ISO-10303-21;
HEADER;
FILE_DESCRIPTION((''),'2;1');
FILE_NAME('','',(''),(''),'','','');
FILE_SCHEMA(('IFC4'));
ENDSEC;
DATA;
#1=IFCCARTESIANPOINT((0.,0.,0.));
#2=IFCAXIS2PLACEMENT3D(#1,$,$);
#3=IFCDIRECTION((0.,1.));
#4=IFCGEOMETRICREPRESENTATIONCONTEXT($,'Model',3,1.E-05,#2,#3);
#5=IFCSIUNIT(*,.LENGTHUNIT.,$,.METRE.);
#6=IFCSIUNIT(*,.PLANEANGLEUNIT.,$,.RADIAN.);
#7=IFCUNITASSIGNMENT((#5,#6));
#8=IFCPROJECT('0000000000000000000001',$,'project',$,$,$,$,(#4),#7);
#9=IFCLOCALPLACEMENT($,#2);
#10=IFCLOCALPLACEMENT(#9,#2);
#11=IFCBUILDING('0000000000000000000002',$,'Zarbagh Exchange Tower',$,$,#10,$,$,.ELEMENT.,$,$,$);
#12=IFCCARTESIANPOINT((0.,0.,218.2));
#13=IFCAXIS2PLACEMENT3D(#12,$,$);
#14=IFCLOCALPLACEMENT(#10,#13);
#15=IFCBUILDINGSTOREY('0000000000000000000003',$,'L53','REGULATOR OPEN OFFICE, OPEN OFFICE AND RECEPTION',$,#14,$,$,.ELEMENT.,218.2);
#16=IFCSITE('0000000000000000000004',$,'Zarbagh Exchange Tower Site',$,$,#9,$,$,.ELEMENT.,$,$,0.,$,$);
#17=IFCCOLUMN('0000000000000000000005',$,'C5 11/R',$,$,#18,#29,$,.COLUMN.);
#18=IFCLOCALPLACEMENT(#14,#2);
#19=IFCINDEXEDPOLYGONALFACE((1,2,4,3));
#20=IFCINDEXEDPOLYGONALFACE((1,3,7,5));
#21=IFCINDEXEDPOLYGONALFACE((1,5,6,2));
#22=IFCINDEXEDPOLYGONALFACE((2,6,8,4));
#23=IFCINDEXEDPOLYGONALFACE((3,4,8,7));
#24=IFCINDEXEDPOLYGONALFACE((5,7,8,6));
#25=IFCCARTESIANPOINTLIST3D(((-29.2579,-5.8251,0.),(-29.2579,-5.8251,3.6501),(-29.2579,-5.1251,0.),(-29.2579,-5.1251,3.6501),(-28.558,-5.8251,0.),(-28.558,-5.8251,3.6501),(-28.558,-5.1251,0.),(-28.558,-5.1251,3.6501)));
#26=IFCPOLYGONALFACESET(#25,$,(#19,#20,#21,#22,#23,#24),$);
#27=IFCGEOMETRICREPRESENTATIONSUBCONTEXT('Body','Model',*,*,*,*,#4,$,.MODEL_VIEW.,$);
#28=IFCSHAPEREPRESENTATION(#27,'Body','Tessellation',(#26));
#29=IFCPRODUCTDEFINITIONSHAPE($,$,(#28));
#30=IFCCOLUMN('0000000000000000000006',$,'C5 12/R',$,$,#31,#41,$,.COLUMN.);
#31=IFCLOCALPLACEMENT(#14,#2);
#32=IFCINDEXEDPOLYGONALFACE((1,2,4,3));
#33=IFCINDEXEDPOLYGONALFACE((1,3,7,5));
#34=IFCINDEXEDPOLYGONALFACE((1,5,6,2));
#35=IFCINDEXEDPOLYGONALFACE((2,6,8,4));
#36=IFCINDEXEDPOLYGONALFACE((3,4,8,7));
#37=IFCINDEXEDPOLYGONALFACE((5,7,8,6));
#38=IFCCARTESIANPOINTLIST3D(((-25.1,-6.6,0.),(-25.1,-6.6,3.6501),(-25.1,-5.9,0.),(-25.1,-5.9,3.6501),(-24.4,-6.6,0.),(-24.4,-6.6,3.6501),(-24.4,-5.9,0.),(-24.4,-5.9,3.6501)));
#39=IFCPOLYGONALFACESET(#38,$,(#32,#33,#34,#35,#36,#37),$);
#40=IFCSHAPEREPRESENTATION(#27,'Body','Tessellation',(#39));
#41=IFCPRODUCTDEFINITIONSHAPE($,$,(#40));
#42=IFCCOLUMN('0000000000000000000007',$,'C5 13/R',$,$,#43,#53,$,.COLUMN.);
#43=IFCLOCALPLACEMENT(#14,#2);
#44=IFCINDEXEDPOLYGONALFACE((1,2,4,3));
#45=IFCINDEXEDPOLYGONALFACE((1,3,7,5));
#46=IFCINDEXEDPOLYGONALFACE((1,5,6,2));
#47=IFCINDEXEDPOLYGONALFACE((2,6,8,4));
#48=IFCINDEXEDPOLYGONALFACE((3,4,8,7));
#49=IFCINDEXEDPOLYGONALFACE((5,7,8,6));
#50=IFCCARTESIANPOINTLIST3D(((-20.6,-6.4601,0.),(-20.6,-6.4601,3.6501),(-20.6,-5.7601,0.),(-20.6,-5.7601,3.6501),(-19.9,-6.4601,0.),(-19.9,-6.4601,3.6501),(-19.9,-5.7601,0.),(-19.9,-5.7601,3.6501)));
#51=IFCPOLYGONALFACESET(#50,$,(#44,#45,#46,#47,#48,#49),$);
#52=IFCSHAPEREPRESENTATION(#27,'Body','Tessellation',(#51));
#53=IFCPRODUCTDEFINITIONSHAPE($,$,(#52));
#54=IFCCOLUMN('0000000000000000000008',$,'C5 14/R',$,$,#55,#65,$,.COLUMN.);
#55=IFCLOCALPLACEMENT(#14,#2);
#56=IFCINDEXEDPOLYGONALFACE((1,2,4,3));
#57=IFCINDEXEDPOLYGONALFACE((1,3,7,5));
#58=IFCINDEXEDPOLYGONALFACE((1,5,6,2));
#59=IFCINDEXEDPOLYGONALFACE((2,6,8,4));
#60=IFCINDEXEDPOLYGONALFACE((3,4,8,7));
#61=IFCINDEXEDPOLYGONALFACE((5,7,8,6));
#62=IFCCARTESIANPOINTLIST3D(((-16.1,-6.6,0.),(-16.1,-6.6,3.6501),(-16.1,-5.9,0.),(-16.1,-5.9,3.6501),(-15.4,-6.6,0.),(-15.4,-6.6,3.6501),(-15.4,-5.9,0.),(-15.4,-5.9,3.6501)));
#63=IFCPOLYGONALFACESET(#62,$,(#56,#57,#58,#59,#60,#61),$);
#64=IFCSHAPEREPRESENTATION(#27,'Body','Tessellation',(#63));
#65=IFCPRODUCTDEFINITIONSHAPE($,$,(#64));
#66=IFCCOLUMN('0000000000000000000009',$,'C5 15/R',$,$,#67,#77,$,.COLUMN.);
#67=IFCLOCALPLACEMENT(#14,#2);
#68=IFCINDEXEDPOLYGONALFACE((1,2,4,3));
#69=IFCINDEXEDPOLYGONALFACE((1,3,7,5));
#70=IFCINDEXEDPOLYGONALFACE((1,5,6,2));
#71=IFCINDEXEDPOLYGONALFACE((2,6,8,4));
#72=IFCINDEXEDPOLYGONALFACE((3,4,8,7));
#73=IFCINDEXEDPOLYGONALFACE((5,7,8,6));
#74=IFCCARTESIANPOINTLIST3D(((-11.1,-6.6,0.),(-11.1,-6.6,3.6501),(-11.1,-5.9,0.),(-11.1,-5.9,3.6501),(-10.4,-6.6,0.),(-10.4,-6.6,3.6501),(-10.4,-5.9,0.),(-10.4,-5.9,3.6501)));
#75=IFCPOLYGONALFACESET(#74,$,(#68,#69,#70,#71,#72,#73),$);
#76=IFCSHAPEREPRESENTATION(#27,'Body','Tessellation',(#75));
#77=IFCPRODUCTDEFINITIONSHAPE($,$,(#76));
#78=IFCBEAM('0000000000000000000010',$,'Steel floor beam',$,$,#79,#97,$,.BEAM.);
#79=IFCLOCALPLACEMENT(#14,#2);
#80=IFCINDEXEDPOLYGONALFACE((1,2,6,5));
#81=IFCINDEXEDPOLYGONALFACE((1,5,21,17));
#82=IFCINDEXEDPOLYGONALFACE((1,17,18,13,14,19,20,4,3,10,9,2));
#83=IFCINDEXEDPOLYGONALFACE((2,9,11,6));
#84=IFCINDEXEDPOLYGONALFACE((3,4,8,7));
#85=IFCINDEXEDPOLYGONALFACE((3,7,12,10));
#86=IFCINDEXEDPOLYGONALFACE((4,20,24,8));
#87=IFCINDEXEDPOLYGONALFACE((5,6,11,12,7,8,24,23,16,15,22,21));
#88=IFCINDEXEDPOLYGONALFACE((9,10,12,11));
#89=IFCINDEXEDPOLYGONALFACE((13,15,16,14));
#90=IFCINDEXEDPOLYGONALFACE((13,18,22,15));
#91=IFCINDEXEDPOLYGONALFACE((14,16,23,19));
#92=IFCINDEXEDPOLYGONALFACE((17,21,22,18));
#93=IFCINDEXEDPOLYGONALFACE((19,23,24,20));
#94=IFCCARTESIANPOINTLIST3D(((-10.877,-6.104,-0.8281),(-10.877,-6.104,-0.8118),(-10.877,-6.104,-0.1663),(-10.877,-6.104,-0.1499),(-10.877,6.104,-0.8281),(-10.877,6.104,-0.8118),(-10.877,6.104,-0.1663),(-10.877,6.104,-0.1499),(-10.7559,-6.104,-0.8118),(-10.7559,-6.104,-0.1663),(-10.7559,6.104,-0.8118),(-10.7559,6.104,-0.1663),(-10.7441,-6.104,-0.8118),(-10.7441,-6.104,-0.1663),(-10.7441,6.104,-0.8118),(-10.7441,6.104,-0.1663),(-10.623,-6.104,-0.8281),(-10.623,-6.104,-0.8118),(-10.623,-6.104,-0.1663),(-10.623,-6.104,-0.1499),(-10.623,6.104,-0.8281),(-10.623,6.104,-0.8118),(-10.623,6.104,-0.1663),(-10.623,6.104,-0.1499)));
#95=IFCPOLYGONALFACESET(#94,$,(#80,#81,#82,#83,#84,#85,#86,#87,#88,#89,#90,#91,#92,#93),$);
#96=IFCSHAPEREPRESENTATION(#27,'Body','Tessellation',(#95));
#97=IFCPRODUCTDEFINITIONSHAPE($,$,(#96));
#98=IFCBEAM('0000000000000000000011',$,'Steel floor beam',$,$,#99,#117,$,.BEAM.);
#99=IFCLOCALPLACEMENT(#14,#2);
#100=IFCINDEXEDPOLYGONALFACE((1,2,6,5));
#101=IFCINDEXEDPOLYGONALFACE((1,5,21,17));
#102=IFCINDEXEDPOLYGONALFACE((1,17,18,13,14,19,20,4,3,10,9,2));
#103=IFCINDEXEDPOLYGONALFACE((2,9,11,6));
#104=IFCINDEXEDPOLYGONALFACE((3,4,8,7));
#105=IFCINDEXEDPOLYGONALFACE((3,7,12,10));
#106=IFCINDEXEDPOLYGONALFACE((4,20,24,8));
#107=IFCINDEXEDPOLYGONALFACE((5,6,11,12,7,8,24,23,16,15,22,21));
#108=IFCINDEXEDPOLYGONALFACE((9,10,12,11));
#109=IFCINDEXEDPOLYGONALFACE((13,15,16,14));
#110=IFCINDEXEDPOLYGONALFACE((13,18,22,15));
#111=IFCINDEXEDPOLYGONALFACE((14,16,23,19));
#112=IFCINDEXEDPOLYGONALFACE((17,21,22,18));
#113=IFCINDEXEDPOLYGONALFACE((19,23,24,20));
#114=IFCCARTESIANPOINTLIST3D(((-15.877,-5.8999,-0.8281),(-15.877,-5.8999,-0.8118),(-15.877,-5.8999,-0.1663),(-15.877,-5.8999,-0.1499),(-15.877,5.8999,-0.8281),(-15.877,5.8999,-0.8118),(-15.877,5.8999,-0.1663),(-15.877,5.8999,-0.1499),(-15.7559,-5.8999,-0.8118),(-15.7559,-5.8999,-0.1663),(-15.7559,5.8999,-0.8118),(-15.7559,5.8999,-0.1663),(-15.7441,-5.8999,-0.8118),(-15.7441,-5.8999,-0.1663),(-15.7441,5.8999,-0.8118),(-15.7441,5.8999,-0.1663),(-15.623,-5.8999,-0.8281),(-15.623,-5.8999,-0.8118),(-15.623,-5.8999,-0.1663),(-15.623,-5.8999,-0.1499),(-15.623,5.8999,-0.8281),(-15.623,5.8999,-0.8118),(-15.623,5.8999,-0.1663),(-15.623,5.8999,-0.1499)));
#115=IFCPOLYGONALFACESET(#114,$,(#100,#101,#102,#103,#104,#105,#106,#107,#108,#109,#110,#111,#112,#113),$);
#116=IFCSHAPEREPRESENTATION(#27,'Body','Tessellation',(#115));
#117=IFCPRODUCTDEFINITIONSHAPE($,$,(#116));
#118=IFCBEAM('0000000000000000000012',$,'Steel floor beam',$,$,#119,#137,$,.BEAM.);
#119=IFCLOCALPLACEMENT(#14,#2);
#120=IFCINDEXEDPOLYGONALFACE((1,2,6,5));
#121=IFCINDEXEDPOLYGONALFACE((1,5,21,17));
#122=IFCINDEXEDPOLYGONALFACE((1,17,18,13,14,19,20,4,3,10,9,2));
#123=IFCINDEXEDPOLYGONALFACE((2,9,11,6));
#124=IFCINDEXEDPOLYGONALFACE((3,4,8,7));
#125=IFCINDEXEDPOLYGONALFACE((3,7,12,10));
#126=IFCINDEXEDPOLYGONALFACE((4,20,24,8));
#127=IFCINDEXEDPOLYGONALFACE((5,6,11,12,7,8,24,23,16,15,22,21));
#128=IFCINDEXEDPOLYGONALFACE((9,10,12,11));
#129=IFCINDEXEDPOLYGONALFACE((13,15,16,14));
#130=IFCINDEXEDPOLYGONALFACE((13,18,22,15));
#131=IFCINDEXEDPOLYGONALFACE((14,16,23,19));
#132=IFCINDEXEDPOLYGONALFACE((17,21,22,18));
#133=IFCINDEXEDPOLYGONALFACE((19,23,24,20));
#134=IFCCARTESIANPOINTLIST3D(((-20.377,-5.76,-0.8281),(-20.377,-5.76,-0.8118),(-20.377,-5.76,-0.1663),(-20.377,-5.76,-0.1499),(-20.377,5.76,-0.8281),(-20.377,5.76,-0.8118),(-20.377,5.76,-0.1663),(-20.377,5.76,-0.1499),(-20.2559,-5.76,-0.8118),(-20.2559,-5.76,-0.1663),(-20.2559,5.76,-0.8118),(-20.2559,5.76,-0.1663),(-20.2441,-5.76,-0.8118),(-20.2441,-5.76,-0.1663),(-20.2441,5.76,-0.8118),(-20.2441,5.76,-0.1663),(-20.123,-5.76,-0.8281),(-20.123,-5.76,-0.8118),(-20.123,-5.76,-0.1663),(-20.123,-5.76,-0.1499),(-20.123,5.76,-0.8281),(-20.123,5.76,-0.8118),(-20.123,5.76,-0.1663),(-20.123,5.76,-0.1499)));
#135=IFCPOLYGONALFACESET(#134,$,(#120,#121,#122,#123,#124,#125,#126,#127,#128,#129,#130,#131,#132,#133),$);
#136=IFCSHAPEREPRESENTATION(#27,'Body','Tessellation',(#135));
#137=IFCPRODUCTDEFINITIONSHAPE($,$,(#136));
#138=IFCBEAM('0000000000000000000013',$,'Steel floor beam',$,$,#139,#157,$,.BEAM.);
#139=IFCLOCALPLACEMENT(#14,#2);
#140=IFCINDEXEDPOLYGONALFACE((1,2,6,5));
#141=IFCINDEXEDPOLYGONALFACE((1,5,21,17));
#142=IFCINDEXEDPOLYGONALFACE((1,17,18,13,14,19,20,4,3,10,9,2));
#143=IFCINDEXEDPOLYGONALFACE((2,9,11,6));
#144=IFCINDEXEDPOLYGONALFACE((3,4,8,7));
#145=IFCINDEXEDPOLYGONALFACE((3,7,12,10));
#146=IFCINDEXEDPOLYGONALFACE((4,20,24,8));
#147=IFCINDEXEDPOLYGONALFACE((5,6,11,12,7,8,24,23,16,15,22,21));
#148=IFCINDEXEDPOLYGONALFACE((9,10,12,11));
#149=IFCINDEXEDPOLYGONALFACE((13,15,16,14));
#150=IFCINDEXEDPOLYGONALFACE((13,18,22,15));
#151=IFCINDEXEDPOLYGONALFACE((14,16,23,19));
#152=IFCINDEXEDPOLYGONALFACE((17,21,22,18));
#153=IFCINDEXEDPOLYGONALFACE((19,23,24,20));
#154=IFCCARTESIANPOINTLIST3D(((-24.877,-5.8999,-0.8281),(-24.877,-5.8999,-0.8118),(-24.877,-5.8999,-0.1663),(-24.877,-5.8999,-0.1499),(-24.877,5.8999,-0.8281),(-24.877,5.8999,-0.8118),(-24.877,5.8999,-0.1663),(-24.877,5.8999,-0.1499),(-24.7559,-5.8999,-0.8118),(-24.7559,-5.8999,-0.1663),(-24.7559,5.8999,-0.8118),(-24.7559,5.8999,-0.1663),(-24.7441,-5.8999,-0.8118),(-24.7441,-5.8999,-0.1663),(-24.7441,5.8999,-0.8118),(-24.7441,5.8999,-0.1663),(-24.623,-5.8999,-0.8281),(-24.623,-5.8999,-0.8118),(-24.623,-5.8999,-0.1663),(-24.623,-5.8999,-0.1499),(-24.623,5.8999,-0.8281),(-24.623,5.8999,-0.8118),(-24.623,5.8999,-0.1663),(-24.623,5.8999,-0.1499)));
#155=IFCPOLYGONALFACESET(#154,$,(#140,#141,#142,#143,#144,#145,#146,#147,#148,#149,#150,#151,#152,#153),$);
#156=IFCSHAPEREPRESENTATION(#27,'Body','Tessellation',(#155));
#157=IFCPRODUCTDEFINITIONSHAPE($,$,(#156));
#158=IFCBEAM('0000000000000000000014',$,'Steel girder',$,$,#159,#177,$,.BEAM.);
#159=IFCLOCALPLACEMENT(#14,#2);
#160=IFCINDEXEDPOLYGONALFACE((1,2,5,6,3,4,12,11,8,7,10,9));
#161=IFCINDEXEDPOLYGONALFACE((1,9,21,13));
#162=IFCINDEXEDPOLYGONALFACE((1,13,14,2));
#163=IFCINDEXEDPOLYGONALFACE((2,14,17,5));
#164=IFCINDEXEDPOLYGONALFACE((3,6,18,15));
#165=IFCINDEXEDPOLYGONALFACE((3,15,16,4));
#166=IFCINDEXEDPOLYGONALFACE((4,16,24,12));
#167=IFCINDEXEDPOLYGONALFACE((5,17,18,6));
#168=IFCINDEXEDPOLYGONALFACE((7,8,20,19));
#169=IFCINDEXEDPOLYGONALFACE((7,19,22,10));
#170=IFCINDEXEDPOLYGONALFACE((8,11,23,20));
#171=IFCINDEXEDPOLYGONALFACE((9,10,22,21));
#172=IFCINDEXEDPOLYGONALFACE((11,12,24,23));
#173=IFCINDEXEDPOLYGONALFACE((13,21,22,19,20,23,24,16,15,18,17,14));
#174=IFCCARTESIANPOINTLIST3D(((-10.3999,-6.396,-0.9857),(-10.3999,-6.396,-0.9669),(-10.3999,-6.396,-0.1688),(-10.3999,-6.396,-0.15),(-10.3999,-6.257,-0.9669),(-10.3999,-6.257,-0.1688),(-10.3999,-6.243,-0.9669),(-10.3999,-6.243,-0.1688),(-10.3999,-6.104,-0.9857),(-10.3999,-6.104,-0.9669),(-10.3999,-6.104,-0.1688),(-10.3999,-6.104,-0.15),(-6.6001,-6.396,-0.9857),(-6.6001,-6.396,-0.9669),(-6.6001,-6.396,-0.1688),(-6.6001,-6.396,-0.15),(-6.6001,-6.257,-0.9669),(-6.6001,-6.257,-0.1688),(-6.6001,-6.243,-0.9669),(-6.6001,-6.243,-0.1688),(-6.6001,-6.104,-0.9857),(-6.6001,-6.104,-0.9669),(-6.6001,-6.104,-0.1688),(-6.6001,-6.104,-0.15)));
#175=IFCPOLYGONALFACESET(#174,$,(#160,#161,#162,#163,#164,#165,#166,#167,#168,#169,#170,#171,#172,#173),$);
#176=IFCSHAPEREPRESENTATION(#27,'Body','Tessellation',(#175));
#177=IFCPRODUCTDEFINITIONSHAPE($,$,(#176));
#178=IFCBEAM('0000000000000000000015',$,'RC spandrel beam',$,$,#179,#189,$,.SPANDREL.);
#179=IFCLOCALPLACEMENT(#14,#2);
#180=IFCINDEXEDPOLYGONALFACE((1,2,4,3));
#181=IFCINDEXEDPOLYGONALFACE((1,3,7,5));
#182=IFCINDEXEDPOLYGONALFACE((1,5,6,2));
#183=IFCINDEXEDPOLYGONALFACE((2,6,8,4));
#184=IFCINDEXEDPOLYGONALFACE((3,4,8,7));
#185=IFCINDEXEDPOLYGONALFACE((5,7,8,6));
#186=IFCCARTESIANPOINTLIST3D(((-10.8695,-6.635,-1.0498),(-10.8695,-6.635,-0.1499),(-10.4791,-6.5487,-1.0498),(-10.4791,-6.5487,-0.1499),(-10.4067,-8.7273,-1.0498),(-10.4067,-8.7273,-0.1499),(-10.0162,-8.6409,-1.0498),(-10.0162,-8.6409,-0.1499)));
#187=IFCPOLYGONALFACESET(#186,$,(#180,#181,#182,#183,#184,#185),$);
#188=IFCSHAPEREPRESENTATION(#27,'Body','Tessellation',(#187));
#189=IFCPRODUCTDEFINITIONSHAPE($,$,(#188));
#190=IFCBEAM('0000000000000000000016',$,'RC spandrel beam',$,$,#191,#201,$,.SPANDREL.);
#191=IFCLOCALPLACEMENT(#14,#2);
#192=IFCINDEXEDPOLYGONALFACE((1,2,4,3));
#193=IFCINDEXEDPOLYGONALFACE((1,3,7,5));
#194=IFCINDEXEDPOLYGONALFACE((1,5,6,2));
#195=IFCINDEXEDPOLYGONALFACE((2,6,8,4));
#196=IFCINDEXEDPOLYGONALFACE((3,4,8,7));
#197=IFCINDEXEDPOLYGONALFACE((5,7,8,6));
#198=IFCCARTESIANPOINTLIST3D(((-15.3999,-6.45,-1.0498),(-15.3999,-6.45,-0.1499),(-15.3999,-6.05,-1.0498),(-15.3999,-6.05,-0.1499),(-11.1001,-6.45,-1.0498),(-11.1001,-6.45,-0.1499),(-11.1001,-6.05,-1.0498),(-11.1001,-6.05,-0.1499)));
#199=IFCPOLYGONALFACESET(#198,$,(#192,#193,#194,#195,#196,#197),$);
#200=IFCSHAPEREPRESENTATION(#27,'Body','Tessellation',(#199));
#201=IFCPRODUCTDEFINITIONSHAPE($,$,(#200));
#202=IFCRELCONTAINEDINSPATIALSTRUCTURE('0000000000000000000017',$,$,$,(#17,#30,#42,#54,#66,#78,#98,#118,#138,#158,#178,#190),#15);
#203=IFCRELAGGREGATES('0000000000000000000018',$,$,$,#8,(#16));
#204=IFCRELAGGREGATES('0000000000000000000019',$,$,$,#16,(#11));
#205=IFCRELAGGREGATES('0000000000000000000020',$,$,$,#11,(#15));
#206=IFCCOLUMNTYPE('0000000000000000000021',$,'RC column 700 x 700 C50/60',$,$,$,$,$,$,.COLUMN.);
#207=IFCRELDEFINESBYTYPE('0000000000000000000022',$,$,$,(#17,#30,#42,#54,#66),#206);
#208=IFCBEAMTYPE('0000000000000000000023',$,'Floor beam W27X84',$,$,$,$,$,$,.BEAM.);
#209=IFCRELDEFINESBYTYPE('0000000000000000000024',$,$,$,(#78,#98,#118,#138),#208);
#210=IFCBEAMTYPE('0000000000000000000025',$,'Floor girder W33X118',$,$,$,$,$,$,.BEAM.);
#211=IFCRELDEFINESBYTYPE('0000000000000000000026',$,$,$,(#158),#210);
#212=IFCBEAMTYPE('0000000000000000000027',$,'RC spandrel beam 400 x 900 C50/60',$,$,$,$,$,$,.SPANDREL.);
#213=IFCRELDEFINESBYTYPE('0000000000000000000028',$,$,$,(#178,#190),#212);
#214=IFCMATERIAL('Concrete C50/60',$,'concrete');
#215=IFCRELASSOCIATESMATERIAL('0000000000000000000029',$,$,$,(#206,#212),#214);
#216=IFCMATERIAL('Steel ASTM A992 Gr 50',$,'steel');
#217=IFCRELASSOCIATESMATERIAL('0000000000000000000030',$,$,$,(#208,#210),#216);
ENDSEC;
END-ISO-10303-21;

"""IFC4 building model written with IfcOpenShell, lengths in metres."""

from ifc_helpers import new_model, si_unit, direction, frame, origin, origin_2d, place, context, subcontext, project, spatial, rectangle, i_section, extrude, material, material_profile, profile_set, type_object, element, save


model = new_model("IFC4")

# Units and contexts
model_context = context("Model", 3, precision=1e-05, world=origin(), true_north=direction((0.0, 1.0)))
body_context = subcontext(model_context, "Body", "Model", "MODEL_VIEW")
ifc_project = project(units=[si_unit("LENGTHUNIT", "METRE"), si_unit("PLANEANGLEUNIT", "RADIAN")], contexts=[model_context])

# Site, building, storey
site_placement = place(None, origin())
site = spatial("IfcSite", under=ifc_project, at=site_placement, Name="Zarbagh Exchange Tower Site", CompositionType="ELEMENT", RefElevation=0.0)
building_placement = place(site_placement, origin())
building = spatial("IfcBuilding", under=site, at=building_placement, Name="Zarbagh Exchange Tower", CompositionType="ELEMENT")
storey_placement = place(building_placement, frame((0.0, 0.0, 218.2)))
storey = spatial("IfcBuildingStorey", under=building, at=storey_placement, Name="L53", Description="REGULATOR OPEN OFFICE, OPEN OFFICE AND RECEPTION", CompositionType="ELEMENT", Elevation=218.2)

# Columns
ifc_material_1 = material(Name="Concrete C50/60", Category="concrete")
ifc_material_profile_1 = material_profile(ifc_material_1, rectangle(XDim=0.7, YDim=0.7, at=origin_2d()), Name="RC column 700 x 700 C50/60")
ifc_profile_set_1 = profile_set([ifc_material_profile_1], Name="Concrete C50/60")
column_type = type_object("IfcColumnType", Name="RC column 700 x 700 C50/60", PredefinedType="COLUMN", material=ifc_profile_set_1)
for number, where, z_axis, x_axis, name in (
    (1, (-28.908, -5.4751, 0.0), (0.0, 0.0, 1.0), (1.0, 0.0, 0.0), "C5 11/R"),
    (2, (-24.75, -6.25, 0.0), (0.0, 0.0, 1.0), (1.0, 0.0, 0.0), "C5 12/R"),
    (3, (-20.25, -6.1101, 0.0), (0.0, 0.0, 1.0), (1.0, 0.0, 0.0), "C5 13/R"),
    (4, (-15.75, -6.25, 0.0), (0.0, 0.0, 1.0), (1.0, 0.0, 0.0), "C5 14/R"),
    (5, (-10.75, -6.25, 0.0), (0.0, 0.0, 1.0), (1.0, 0.0, 0.0), "C5 15/R"),
):
    element("IfcColumn", number, at=place(storey_placement, frame(where, z_axis=z_axis, x_axis=x_axis)), inside=storey, type_object=column_type, Name=name, PredefinedType="COLUMN", context=body_context, shape_type="SweptSolid", body=[
        extrude(rectangle(XDim=0.7, YDim=0.7, at=origin_2d()), origin(), (0.0, 0.0, 1.0), 3.6501),
    ])

# Beams
ifc_material_2 = material(Name="Steel ASTM A992 Gr 50", Category="steel")
ifc_material_profile_2 = material_profile(ifc_material_2, i_section(OverallWidth=0.2539, OverallDepth=0.6782, WebThickness=0.0117, FlangeThickness=0.0164, at=origin_2d()), Name="W27X84")
ifc_profile_set_2 = profile_set([ifc_material_profile_2], Name="Steel ASTM A992 Gr 50")
beam_type_1 = type_object("IfcBeamType", Name="Floor beam W27X84", PredefinedType="BEAM", material=ifc_profile_set_2)
beam_1_placement = place(storey_placement, frame((-10.75, -6.104, -0.489), z_axis=(0.0, 1.0, 0.0), x_axis=(-1.0, 0.0, 0.0)))
element("IfcBeam", 6, at=beam_1_placement, inside=storey, type_object=beam_type_1, Name="Steel floor beam", PredefinedType="BEAM", context=body_context, shape_type="SweptSolid", body=[
    extrude(i_section(OverallWidth=0.2539, OverallDepth=0.6782, WebThickness=0.0117, FlangeThickness=0.0164, at=origin_2d()), origin(), (0.0, 0.0, 1.0), 12.208),
])
beam_2_placement = place(storey_placement, frame((-15.75, -5.8999, -0.489), z_axis=(0.0, 1.0, 0.0), x_axis=(-1.0, 0.0, 0.0)))
element("IfcBeam", 7, at=beam_2_placement, inside=storey, type_object=beam_type_1, Name="Steel floor beam", PredefinedType="BEAM", context=body_context, shape_type="SweptSolid", body=[
    extrude(i_section(OverallWidth=0.2539, OverallDepth=0.6782, WebThickness=0.0117, FlangeThickness=0.0164, at=origin_2d()), origin(), (0.0, 0.0, 1.0), 11.7998),
])
beam_3_placement = place(storey_placement, frame((-20.25, -5.76, -0.489), z_axis=(0.0, 1.0, 0.0), x_axis=(-1.0, 0.0, 0.0)))
element("IfcBeam", 8, at=beam_3_placement, inside=storey, type_object=beam_type_1, Name="Steel floor beam", PredefinedType="BEAM", context=body_context, shape_type="SweptSolid", body=[
    extrude(i_section(OverallWidth=0.2539, OverallDepth=0.6782, WebThickness=0.0117, FlangeThickness=0.0164, at=origin_2d()), origin(), (0.0, 0.0, 1.0), 11.52),
])
beam_4_placement = place(storey_placement, frame((-24.75, -5.8999, -0.489), z_axis=(0.0, 1.0, 0.0), x_axis=(-1.0, 0.0, 0.0)))
element("IfcBeam", 9, at=beam_4_placement, inside=storey, type_object=beam_type_1, Name="Steel floor beam", PredefinedType="BEAM", context=body_context, shape_type="SweptSolid", body=[
    extrude(i_section(OverallWidth=0.2539, OverallDepth=0.6782, WebThickness=0.0117, FlangeThickness=0.0164, at=origin_2d()), origin(), (0.0, 0.0, 1.0), 11.7998),
])
ifc_material_profile_3 = material_profile(ifc_material_2, i_section(OverallWidth=0.292, OverallDepth=0.8357, WebThickness=0.0139, FlangeThickness=0.0188, at=origin_2d()), Name="W33X118")
ifc_profile_set_3 = profile_set([ifc_material_profile_3], Name="Steel ASTM A992 Gr 50")
beam_type_2 = type_object("IfcBeamType", Name="Floor girder W33X118", PredefinedType="BEAM", material=ifc_profile_set_3)
beam_5_placement = place(storey_placement, frame((-10.3999, -6.25, -0.5679), z_axis=(1.0, 0.0, 0.0), x_axis=(0.0, 1.0, 0.0)))
element("IfcBeam", 10, at=beam_5_placement, inside=storey, type_object=beam_type_2, Name="Steel girder", PredefinedType="BEAM", context=body_context, shape_type="SweptSolid", body=[
    extrude(i_section(OverallWidth=0.292, OverallDepth=0.8357, WebThickness=0.0139, FlangeThickness=0.0188, at=origin_2d()), origin(), (0.0, 0.0, 1.0), 3.7998),
])
ifc_material_profile_4 = material_profile(ifc_material_1, rectangle(XDim=0.3999, YDim=0.8999, at=origin_2d()), Name="RC spandrel beam 400 x 900 C50/60")
ifc_profile_set_4 = profile_set([ifc_material_profile_4], Name="Concrete C50/60")
beam_type_3 = type_object("IfcBeamType", Name="RC spandrel beam 400 x 900 C50/60", PredefinedType="SPANDREL", material=ifc_profile_set_4)
beam_6_placement = place(storey_placement, frame((-10.2114, -8.6841, -0.5999), z_axis=(-0.216014, 0.97639, 0.0), x_axis=(-0.97639, -0.216014, 0.0)))
element("IfcBeam", 11, at=beam_6_placement, inside=storey, type_object=beam_type_3, Name="RC spandrel beam", PredefinedType="SPANDREL", context=body_context, shape_type="SweptSolid", body=[
    extrude(rectangle(XDim=0.3999, YDim=0.8999, at=origin_2d()), origin(), (0.0, 0.0, 1.0), 2.1428),
])
beam_7_placement = place(storey_placement, frame((-11.1001, -6.25, -0.5999), z_axis=(-1.0, 0.0, 0.0), x_axis=(0.0, -1.0, 0.0)))
element("IfcBeam", 12, at=beam_7_placement, inside=storey, type_object=beam_type_3, Name="RC spandrel beam", PredefinedType="SPANDREL", context=body_context, shape_type="SweptSolid", body=[
    extrude(rectangle(XDim=0.3999, YDim=0.8999, at=origin_2d()), origin(), (0.0, 0.0, 1.0), 4.2998),
])

save(model, "model.ifc")
